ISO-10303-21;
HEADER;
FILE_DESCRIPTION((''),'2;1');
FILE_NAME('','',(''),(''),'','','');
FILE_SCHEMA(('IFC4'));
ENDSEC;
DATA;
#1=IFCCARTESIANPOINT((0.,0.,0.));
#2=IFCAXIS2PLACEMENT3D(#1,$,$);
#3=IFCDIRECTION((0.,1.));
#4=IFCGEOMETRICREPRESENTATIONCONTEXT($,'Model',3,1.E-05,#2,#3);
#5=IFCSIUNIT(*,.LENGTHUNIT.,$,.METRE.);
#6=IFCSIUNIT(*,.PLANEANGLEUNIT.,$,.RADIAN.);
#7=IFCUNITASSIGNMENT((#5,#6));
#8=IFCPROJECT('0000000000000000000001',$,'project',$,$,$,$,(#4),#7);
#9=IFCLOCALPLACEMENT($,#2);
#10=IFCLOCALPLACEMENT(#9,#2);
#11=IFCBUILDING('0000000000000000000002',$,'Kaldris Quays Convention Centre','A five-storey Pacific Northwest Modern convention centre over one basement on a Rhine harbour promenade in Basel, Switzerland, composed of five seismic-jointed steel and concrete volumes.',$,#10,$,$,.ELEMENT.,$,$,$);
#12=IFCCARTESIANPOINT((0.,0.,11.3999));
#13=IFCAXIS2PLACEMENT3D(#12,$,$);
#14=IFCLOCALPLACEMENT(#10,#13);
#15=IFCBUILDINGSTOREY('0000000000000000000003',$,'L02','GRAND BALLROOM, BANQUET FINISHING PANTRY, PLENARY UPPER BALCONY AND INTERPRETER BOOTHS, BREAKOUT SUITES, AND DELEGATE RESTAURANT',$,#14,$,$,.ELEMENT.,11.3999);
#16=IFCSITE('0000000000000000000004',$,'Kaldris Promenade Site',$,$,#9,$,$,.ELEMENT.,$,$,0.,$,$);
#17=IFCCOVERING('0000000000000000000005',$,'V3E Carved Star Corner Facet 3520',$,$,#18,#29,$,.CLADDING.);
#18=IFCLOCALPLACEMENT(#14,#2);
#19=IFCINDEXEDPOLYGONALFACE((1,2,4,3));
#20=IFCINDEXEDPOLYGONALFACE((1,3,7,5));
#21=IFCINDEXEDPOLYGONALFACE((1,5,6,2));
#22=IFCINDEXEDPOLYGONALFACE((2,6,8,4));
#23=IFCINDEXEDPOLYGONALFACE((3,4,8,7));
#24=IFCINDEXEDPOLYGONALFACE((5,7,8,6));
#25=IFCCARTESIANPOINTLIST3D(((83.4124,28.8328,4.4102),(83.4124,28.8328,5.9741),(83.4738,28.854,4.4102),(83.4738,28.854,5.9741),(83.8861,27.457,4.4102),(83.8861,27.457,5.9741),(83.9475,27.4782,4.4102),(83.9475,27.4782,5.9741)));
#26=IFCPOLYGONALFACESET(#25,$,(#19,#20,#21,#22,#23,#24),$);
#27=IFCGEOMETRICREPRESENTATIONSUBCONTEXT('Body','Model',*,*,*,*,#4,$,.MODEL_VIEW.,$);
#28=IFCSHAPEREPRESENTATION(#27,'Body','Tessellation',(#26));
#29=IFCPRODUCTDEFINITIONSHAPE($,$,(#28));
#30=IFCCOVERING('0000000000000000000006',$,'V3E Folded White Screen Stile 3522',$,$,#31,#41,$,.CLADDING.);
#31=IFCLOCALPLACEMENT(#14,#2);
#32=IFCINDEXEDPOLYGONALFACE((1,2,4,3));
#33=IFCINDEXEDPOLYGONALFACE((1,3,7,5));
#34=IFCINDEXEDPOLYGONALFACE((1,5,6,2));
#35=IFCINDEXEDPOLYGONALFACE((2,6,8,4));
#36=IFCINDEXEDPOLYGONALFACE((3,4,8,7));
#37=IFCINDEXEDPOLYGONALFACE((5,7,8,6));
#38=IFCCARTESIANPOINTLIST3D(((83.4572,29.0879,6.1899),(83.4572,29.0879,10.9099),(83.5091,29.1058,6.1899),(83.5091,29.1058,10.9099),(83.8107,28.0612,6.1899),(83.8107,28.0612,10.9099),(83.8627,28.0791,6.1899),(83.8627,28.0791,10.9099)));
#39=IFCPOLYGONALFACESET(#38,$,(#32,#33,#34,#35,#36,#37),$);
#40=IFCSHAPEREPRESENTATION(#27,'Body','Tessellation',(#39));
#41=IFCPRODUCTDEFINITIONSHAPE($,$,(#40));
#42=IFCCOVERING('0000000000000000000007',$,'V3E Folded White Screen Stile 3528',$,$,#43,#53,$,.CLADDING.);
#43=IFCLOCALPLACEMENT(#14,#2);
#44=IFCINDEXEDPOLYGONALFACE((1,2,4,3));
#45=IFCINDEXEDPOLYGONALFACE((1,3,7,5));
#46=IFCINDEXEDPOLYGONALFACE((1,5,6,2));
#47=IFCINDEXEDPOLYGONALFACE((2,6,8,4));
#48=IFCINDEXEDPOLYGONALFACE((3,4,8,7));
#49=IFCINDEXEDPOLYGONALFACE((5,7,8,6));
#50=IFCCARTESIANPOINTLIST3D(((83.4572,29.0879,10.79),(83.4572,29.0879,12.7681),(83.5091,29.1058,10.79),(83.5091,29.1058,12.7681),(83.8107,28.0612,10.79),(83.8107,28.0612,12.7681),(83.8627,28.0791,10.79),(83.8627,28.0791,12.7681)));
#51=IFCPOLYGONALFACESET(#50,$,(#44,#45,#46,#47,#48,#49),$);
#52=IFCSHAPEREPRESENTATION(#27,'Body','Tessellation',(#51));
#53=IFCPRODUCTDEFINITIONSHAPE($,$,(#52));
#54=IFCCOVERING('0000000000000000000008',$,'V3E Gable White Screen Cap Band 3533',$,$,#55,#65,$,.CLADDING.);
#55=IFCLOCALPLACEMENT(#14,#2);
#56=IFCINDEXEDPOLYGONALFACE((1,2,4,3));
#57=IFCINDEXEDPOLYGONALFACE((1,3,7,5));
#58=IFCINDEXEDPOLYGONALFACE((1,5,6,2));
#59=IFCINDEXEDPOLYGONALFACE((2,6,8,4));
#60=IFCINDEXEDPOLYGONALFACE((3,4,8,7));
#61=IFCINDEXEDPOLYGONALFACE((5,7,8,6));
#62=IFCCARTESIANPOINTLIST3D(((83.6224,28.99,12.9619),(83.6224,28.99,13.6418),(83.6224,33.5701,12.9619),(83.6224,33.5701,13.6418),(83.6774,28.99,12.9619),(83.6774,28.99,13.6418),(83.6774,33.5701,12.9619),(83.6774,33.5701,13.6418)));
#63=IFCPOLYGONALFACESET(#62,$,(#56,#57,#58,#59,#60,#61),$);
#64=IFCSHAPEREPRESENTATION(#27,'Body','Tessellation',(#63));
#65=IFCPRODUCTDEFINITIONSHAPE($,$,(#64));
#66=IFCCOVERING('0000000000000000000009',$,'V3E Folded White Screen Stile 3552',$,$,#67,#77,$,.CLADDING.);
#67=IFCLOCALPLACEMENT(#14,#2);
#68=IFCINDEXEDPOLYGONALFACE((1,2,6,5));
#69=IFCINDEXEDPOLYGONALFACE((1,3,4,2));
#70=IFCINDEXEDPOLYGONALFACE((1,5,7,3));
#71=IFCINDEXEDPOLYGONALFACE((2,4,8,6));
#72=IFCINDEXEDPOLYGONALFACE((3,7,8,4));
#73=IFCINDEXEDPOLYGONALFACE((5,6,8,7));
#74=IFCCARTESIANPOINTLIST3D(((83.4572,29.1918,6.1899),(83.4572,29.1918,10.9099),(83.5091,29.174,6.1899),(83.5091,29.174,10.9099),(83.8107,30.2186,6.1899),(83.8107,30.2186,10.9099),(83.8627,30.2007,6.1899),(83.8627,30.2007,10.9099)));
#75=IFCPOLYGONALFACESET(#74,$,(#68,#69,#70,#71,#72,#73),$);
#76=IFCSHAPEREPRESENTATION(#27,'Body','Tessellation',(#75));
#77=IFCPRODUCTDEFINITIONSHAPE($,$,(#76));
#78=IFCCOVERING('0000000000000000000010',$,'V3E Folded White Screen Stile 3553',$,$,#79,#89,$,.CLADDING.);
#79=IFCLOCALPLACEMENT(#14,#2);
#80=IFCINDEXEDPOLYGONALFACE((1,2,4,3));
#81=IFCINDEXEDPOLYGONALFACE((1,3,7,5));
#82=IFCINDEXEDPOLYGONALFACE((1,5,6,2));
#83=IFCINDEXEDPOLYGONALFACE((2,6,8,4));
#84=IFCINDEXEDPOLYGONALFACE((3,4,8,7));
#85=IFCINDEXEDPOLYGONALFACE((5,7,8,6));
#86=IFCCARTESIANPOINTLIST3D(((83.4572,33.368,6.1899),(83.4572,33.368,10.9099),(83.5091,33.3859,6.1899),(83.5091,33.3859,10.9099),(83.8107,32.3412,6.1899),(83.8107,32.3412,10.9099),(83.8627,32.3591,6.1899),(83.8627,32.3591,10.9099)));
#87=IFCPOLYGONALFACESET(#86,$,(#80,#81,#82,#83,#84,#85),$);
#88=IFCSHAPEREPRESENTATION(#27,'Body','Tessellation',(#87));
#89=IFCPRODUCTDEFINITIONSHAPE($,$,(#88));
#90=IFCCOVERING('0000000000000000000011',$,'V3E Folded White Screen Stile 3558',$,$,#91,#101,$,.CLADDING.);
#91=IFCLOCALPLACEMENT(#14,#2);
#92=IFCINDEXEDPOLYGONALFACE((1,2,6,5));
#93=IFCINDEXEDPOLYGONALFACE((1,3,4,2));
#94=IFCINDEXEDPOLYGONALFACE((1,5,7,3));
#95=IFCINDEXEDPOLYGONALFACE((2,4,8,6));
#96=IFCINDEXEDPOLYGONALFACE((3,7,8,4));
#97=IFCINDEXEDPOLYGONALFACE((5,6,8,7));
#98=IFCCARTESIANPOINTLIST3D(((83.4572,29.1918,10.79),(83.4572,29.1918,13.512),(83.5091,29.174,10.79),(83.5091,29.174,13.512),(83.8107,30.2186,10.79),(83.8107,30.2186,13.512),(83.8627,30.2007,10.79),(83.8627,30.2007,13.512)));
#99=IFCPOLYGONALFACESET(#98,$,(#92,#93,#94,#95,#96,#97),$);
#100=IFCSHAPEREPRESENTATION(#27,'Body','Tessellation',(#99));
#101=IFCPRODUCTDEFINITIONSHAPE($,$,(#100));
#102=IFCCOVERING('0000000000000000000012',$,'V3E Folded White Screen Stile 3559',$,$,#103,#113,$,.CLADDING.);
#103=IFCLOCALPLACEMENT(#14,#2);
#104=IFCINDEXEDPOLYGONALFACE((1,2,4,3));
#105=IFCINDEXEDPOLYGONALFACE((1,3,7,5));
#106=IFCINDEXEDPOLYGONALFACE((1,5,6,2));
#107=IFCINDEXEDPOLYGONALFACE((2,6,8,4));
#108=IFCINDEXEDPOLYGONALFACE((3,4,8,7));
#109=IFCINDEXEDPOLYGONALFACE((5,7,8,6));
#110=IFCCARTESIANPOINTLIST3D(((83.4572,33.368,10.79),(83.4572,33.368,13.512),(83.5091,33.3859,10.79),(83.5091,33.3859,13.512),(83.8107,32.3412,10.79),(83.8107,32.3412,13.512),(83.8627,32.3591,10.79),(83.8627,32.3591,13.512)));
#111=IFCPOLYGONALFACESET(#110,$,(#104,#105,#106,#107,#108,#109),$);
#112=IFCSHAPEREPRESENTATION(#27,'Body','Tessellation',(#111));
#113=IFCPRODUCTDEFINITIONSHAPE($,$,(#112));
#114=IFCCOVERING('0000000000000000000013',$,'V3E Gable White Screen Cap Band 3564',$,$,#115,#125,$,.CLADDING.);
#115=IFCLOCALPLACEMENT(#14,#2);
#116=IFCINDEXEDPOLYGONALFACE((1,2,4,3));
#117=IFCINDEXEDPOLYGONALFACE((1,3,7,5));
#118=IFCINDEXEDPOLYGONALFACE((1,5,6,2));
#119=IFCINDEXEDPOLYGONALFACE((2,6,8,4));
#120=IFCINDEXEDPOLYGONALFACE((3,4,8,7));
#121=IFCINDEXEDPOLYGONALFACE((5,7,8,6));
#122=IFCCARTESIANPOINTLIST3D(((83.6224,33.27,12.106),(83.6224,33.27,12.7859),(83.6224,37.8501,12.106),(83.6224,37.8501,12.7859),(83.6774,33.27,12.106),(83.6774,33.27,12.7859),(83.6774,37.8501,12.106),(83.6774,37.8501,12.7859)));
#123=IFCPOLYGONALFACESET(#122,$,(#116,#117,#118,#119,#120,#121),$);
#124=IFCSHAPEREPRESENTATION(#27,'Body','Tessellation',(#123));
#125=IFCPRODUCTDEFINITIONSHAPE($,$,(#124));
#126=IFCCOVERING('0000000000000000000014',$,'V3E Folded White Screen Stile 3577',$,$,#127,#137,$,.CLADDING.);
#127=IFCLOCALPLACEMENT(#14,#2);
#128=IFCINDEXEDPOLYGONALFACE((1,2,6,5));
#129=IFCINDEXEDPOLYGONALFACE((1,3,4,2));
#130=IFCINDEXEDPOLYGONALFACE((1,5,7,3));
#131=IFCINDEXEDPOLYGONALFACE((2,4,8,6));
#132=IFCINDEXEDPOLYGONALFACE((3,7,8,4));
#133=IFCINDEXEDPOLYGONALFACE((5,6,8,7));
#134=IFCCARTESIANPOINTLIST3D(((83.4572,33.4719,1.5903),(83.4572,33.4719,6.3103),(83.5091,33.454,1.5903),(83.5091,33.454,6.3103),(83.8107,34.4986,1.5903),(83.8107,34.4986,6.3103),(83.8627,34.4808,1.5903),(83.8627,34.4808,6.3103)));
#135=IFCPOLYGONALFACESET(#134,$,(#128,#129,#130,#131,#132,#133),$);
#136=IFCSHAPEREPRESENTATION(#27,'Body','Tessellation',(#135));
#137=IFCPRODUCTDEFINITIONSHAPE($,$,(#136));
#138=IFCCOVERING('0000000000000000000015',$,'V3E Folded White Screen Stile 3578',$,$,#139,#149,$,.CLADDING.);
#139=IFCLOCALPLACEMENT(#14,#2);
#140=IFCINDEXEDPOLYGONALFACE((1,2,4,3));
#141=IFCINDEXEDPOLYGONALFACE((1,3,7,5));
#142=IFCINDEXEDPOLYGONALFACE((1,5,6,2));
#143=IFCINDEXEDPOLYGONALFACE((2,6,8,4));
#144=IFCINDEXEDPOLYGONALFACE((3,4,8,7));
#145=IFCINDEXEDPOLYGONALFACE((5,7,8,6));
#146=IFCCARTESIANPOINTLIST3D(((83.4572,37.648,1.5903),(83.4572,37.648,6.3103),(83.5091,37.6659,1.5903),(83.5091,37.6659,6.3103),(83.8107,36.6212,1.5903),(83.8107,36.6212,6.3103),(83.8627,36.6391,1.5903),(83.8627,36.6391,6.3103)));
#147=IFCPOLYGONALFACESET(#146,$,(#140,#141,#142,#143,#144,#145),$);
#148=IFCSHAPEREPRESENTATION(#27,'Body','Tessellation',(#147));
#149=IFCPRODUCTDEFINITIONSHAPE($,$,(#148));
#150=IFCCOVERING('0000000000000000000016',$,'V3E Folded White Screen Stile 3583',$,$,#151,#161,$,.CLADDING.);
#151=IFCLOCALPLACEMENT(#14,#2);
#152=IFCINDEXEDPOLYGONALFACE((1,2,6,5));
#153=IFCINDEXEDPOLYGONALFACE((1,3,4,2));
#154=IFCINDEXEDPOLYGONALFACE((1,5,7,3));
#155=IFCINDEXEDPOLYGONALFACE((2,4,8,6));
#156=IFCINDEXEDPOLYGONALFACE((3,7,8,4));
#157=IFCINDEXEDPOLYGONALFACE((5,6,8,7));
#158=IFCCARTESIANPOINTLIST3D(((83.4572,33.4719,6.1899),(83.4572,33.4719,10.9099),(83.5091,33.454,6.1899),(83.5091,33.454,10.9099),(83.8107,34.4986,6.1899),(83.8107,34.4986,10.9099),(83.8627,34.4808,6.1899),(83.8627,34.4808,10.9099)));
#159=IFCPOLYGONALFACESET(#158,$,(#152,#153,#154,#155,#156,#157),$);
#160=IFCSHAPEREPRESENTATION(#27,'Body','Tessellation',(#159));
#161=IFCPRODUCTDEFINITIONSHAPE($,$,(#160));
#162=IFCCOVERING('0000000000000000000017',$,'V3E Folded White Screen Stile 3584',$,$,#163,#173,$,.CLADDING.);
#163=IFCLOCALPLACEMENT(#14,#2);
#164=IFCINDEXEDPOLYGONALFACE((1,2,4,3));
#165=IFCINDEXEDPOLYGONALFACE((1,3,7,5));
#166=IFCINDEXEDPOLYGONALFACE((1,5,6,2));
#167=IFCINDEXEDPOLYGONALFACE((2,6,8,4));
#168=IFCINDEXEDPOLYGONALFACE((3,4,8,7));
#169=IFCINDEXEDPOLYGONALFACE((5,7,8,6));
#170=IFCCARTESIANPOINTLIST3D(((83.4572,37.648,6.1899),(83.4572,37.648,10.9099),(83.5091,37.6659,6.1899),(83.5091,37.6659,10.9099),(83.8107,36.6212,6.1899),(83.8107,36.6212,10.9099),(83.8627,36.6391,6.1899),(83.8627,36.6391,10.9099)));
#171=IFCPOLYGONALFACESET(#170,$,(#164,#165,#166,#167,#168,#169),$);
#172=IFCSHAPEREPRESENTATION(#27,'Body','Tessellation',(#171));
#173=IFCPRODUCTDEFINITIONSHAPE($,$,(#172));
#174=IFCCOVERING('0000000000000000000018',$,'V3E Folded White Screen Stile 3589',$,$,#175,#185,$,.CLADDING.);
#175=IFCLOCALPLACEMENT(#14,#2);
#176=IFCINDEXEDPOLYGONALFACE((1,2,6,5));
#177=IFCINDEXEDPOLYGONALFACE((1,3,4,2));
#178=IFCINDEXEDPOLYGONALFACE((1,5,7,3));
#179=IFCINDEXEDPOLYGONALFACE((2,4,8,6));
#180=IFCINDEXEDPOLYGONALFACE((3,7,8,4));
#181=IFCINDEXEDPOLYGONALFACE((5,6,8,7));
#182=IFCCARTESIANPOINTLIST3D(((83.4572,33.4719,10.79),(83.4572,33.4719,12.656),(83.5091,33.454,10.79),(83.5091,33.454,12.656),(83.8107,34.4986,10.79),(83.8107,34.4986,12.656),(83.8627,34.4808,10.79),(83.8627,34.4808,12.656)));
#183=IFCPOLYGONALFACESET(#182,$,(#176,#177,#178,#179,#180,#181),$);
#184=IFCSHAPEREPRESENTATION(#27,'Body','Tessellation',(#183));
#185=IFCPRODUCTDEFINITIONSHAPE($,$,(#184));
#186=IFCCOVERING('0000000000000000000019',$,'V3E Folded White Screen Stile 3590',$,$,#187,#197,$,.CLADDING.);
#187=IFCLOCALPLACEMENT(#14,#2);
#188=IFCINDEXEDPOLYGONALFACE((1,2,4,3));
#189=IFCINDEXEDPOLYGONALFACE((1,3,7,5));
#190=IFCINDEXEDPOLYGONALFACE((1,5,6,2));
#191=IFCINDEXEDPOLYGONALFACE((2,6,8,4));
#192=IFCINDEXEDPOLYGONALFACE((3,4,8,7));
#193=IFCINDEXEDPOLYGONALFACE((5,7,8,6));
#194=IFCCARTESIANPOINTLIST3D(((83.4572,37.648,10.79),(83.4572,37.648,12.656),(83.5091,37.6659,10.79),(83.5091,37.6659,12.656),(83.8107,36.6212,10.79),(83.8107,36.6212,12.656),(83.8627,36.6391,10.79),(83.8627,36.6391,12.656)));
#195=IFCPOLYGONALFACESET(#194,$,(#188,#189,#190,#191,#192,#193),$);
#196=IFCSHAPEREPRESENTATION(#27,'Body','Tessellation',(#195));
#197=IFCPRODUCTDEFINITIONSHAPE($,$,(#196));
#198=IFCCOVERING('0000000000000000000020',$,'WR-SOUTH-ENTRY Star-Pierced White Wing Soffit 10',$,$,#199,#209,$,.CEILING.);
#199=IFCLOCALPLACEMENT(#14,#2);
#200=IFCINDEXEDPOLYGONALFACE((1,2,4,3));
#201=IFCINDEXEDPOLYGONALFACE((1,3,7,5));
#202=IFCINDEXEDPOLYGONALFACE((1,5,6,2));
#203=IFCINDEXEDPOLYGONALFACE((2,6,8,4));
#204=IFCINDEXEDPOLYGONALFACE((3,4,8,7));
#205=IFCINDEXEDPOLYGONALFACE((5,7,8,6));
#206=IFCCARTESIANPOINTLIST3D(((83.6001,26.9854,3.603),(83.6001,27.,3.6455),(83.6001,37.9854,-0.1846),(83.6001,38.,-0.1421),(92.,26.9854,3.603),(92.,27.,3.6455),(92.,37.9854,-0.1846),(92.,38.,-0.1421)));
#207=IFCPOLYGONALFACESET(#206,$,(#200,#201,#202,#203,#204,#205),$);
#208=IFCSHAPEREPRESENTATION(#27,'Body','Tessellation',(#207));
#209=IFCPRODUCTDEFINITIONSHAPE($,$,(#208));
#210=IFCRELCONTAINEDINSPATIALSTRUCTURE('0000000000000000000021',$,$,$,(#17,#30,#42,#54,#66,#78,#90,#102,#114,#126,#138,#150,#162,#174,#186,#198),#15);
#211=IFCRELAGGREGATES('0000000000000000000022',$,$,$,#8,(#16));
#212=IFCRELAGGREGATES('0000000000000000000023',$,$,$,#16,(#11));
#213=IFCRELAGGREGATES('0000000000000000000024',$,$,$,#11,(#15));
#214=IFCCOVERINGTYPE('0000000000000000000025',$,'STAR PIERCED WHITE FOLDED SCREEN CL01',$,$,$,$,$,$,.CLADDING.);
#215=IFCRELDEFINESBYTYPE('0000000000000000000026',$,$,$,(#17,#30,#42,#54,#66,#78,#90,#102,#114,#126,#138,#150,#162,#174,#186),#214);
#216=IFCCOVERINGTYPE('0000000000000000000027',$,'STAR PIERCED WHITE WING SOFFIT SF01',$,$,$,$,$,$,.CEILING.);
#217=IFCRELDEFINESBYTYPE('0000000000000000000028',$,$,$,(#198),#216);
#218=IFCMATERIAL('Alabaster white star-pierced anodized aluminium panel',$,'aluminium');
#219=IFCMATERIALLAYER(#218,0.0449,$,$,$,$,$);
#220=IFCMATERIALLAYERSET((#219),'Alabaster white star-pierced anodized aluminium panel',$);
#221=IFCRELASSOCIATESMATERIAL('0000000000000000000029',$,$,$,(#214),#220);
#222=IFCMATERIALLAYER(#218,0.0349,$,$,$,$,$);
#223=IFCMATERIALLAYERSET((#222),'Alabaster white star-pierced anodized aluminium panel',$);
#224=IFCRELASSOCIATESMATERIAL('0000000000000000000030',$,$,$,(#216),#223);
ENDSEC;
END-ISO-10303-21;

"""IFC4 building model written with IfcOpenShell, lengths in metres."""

from ifc_helpers import new_model, si_unit, direction, frame, origin, origin_2d, place, context, subcontext, project, spatial, polyline, rectangle, outline, extrude, material, layer, layer_set, type_object, element, save


model = new_model("IFC4")

# Units and contexts
model_context = context("Model", 3, precision=1e-05, world=origin(), true_north=direction((0.0, 1.0)))
body_context = subcontext(model_context, "Body", "Model", "MODEL_VIEW")
ifc_project = project(units=[si_unit("LENGTHUNIT", "METRE"), si_unit("PLANEANGLEUNIT", "RADIAN")], contexts=[model_context])

# Site, building, storey
site_placement = place(None, origin())
site = spatial("IfcSite", under=ifc_project, at=site_placement, Name="Kaldris Promenade Site", CompositionType="ELEMENT", RefElevation=0.0)
building_placement = place(site_placement, origin())
building = spatial("IfcBuilding", under=site, at=building_placement, Name="Kaldris Quays Convention Centre", Description="A five-storey Pacific Northwest Modern convention centre over one basement on a Rhine harbour promenade in Basel, Switzerland, composed of five seismic-jointed steel and concrete volumes.", CompositionType="ELEMENT")
storey_placement = place(building_placement, frame((0.0, 0.0, 11.3999)))
storey = spatial("IfcBuildingStorey", under=building, at=storey_placement, Name="L02", Description="GRAND BALLROOM, BANQUET FINISHING PANTRY, PLENARY UPPER BALCONY AND INTERPRETER BOOTHS, BREAKOUT SUITES, AND DELEGATE RESTAURANT", CompositionType="ELEMENT", Elevation=11.3999)

# Coverings
ifc_material_1 = material(Name="Alabaster white star-pierced anodized aluminium panel", Category="aluminium")
ifc_layer_1 = layer(ifc_material_1, 0.0449)
ifc_layer_set_1 = layer_set([ifc_layer_1], Name="Alabaster white star-pierced anodized aluminium panel")
covering_type_1 = type_object("IfcCoveringType", Name="STAR PIERCED WHITE FOLDED SCREEN CL01", PredefinedType="CLADDING", material=ifc_layer_set_1)
for number, where, z_axis, x_axis, name in (
    (1, (83.6799, 28.1555, 4.4102), (0.0, 0.0, 1.0), (-0.325568, 0.945519, 0.0), "V3E Carved Star Corner Facet 3520"),
):
    element("IfcCovering", number, at=place(storey_placement, frame(where, z_axis=z_axis, x_axis=x_axis)), inside=storey, type_object=covering_type_1, Name=name, PredefinedType="CLADDING", context=body_context, shape_type="SweptSolid", body=[
        extrude(rectangle(XDim=1.4551, YDim=0.0649, at=origin_2d()), origin(), (0.0, 0.0, 1.0), 1.564),
    ])
covering_1_placement = place(storey_placement, frame((83.6599, 28.5835, 6.1899), z_axis=(0.0, 0.0, 1.0), x_axis=(-0.325568, 0.945519, 0.0)))
element("IfcCovering", 2, at=covering_1_placement, inside=storey, type_object=covering_type_1, Name="V3E Folded White Screen Stile 3522", PredefinedType="CLADDING", context=body_context, shape_type="SweptSolid", body=[
    extrude(rectangle(XDim=1.0859, YDim=0.0549, at=origin_2d()), origin(), (0.0, 0.0, 1.0), 4.72),
])
covering_2_placement = place(storey_placement, frame((83.6599, 28.5835, 10.79), z_axis=(0.0, 0.0, 1.0), x_axis=(-0.325568, 0.945519, 0.0)))
element("IfcCovering", 3, at=covering_2_placement, inside=storey, type_object=covering_type_1, Name="V3E Folded White Screen Stile 3528", PredefinedType="CLADDING", context=body_context, shape_type="SweptSolid", body=[
    extrude(rectangle(XDim=1.0859, YDim=0.0549, at=origin_2d()), origin(), (0.0, 0.0, 1.0), 1.978),
])
covering_3_placement = place(storey_placement, frame((83.6499, 31.28, 12.9619), z_axis=(0.0, 0.0, 1.0), x_axis=(0.0, 1.0, 0.0)))
element("IfcCovering", 4, at=covering_3_placement, inside=storey, type_object=covering_type_1, Name="V3E Gable White Screen Cap Band 3533", PredefinedType="CLADDING", context=body_context, shape_type="SweptSolid", body=[
    extrude(rectangle(XDim=4.5801, YDim=0.0549, at=origin_2d()), origin(), (0.0, 0.0, 1.0), 0.6799),
])
for number, where, z_axis, x_axis, name in (
    (5, (83.6599, 29.6963, 6.1899), (0.0, 0.0, 1.0), (0.325568, 0.945519, 0.0), "V3E Folded White Screen Stile 3552"),
    (6, (83.6599, 32.8635, 6.1899), (0.0, 0.0, 1.0), (-0.325568, 0.945519, 0.0), "V3E Folded White Screen Stile 3553"),
):
    element("IfcCovering", number, at=place(storey_placement, frame(where, z_axis=z_axis, x_axis=x_axis)), inside=storey, type_object=covering_type_1, Name=name, PredefinedType="CLADDING", context=body_context, shape_type="SweptSolid", body=[
        extrude(rectangle(XDim=1.0859, YDim=0.0549, at=origin_2d()), origin(), (0.0, 0.0, 1.0), 4.72),
    ])
for number, where, z_axis, x_axis, name in (
    (7, (83.6599, 29.6963, 10.79), (0.0, 0.0, 1.0), (0.325568, 0.945519, 0.0), "V3E Folded White Screen Stile 3558"),
    (8, (83.6599, 32.8635, 10.79), (0.0, 0.0, 1.0), (-0.325568, 0.945519, 0.0), "V3E Folded White Screen Stile 3559"),
):
    element("IfcCovering", number, at=place(storey_placement, frame(where, z_axis=z_axis, x_axis=x_axis)), inside=storey, type_object=covering_type_1, Name=name, PredefinedType="CLADDING", context=body_context, shape_type="SweptSolid", body=[
        extrude(rectangle(XDim=1.0859, YDim=0.0549, at=origin_2d()), origin(), (0.0, 0.0, 1.0), 2.7219),
    ])
covering_4_placement = place(storey_placement, frame((83.6499, 35.5601, 12.106), z_axis=(0.0, 0.0, 1.0), x_axis=(0.0, 1.0, 0.0)))
element("IfcCovering", 9, at=covering_4_placement, inside=storey, type_object=covering_type_1, Name="V3E Gable White Screen Cap Band 3564", PredefinedType="CLADDING", context=body_context, shape_type="SweptSolid", body=[
    extrude(rectangle(XDim=4.5801, YDim=0.0549, at=origin_2d()), origin(), (0.0, 0.0, 1.0), 0.6799),
])
for number, where, z_axis, x_axis, name in (
    (10, (83.6599, 33.9763, 1.5903), (0.0, 0.0, 1.0), (0.325568, 0.945519, 0.0), "V3E Folded White Screen Stile 3577"),
    (11, (83.6599, 37.1436, 1.5903), (0.0, 0.0, 1.0), (-0.325568, 0.945519, 0.0), "V3E Folded White Screen Stile 3578"),
    (12, (83.6599, 33.9763, 6.1899), (0.0, 0.0, 1.0), (0.325568, 0.945519, 0.0), "V3E Folded White Screen Stile 3583"),
    (13, (83.6599, 37.1436, 6.1899), (0.0, 0.0, 1.0), (-0.325568, 0.945519, 0.0), "V3E Folded White Screen Stile 3584"),
):
    element("IfcCovering", number, at=place(storey_placement, frame(where, z_axis=z_axis, x_axis=x_axis)), inside=storey, type_object=covering_type_1, Name=name, PredefinedType="CLADDING", context=body_context, shape_type="SweptSolid", body=[
        extrude(rectangle(XDim=1.0859, YDim=0.0549, at=origin_2d()), origin(), (0.0, 0.0, 1.0), 4.72),
    ])
for number, where, z_axis, x_axis, name in (
    (14, (83.6599, 33.9763, 10.79), (0.0, 0.0, 1.0), (0.325568, 0.945519, 0.0), "V3E Folded White Screen Stile 3589"),
    (15, (83.6599, 37.1436, 10.79), (0.0, 0.0, 1.0), (-0.325568, 0.945519, 0.0), "V3E Folded White Screen Stile 3590"),
):
    element("IfcCovering", number, at=place(storey_placement, frame(where, z_axis=z_axis, x_axis=x_axis)), inside=storey, type_object=covering_type_1, Name=name, PredefinedType="CLADDING", context=body_context, shape_type="SweptSolid", body=[
        extrude(rectangle(XDim=1.0859, YDim=0.0549, at=origin_2d()), origin(), (0.0, 0.0, 1.0), 1.866),
    ])
ifc_layer_2 = layer(ifc_material_1, 0.0349)
ifc_layer_set_2 = layer_set([ifc_layer_2], Name="Alabaster white star-pierced anodized aluminium panel")
covering_type_2 = type_object("IfcCoveringType", Name="STAR PIERCED WHITE WING SOFFIT SF01", PredefinedType="CEILING", material=ifc_layer_set_2)
covering_5_placement = place(storey_placement, frame((83.6001, 27.0, 3.6455), z_axis=(0.0, 0.325568, 0.945519), x_axis=(1.0, 0.0, 0.0)))
element("IfcCovering", 16, at=covering_5_placement, inside=storey, type_object=covering_type_2, Name="WR-SOUTH-ENTRY Star-Pierced White Wing Soffit 10", PredefinedType="CEILING", context=body_context, shape_type="SweptSolid", body=[
    extrude(outline(polyline([(0.0, 0.0), (8.3999, 0.0), (8.3999, 11.6338), (0.0, 11.6338), (0.0, 0.0)])), origin(), (0.0, 0.0, -1.0), 0.0449),
])

save(model, "model.ifc")
